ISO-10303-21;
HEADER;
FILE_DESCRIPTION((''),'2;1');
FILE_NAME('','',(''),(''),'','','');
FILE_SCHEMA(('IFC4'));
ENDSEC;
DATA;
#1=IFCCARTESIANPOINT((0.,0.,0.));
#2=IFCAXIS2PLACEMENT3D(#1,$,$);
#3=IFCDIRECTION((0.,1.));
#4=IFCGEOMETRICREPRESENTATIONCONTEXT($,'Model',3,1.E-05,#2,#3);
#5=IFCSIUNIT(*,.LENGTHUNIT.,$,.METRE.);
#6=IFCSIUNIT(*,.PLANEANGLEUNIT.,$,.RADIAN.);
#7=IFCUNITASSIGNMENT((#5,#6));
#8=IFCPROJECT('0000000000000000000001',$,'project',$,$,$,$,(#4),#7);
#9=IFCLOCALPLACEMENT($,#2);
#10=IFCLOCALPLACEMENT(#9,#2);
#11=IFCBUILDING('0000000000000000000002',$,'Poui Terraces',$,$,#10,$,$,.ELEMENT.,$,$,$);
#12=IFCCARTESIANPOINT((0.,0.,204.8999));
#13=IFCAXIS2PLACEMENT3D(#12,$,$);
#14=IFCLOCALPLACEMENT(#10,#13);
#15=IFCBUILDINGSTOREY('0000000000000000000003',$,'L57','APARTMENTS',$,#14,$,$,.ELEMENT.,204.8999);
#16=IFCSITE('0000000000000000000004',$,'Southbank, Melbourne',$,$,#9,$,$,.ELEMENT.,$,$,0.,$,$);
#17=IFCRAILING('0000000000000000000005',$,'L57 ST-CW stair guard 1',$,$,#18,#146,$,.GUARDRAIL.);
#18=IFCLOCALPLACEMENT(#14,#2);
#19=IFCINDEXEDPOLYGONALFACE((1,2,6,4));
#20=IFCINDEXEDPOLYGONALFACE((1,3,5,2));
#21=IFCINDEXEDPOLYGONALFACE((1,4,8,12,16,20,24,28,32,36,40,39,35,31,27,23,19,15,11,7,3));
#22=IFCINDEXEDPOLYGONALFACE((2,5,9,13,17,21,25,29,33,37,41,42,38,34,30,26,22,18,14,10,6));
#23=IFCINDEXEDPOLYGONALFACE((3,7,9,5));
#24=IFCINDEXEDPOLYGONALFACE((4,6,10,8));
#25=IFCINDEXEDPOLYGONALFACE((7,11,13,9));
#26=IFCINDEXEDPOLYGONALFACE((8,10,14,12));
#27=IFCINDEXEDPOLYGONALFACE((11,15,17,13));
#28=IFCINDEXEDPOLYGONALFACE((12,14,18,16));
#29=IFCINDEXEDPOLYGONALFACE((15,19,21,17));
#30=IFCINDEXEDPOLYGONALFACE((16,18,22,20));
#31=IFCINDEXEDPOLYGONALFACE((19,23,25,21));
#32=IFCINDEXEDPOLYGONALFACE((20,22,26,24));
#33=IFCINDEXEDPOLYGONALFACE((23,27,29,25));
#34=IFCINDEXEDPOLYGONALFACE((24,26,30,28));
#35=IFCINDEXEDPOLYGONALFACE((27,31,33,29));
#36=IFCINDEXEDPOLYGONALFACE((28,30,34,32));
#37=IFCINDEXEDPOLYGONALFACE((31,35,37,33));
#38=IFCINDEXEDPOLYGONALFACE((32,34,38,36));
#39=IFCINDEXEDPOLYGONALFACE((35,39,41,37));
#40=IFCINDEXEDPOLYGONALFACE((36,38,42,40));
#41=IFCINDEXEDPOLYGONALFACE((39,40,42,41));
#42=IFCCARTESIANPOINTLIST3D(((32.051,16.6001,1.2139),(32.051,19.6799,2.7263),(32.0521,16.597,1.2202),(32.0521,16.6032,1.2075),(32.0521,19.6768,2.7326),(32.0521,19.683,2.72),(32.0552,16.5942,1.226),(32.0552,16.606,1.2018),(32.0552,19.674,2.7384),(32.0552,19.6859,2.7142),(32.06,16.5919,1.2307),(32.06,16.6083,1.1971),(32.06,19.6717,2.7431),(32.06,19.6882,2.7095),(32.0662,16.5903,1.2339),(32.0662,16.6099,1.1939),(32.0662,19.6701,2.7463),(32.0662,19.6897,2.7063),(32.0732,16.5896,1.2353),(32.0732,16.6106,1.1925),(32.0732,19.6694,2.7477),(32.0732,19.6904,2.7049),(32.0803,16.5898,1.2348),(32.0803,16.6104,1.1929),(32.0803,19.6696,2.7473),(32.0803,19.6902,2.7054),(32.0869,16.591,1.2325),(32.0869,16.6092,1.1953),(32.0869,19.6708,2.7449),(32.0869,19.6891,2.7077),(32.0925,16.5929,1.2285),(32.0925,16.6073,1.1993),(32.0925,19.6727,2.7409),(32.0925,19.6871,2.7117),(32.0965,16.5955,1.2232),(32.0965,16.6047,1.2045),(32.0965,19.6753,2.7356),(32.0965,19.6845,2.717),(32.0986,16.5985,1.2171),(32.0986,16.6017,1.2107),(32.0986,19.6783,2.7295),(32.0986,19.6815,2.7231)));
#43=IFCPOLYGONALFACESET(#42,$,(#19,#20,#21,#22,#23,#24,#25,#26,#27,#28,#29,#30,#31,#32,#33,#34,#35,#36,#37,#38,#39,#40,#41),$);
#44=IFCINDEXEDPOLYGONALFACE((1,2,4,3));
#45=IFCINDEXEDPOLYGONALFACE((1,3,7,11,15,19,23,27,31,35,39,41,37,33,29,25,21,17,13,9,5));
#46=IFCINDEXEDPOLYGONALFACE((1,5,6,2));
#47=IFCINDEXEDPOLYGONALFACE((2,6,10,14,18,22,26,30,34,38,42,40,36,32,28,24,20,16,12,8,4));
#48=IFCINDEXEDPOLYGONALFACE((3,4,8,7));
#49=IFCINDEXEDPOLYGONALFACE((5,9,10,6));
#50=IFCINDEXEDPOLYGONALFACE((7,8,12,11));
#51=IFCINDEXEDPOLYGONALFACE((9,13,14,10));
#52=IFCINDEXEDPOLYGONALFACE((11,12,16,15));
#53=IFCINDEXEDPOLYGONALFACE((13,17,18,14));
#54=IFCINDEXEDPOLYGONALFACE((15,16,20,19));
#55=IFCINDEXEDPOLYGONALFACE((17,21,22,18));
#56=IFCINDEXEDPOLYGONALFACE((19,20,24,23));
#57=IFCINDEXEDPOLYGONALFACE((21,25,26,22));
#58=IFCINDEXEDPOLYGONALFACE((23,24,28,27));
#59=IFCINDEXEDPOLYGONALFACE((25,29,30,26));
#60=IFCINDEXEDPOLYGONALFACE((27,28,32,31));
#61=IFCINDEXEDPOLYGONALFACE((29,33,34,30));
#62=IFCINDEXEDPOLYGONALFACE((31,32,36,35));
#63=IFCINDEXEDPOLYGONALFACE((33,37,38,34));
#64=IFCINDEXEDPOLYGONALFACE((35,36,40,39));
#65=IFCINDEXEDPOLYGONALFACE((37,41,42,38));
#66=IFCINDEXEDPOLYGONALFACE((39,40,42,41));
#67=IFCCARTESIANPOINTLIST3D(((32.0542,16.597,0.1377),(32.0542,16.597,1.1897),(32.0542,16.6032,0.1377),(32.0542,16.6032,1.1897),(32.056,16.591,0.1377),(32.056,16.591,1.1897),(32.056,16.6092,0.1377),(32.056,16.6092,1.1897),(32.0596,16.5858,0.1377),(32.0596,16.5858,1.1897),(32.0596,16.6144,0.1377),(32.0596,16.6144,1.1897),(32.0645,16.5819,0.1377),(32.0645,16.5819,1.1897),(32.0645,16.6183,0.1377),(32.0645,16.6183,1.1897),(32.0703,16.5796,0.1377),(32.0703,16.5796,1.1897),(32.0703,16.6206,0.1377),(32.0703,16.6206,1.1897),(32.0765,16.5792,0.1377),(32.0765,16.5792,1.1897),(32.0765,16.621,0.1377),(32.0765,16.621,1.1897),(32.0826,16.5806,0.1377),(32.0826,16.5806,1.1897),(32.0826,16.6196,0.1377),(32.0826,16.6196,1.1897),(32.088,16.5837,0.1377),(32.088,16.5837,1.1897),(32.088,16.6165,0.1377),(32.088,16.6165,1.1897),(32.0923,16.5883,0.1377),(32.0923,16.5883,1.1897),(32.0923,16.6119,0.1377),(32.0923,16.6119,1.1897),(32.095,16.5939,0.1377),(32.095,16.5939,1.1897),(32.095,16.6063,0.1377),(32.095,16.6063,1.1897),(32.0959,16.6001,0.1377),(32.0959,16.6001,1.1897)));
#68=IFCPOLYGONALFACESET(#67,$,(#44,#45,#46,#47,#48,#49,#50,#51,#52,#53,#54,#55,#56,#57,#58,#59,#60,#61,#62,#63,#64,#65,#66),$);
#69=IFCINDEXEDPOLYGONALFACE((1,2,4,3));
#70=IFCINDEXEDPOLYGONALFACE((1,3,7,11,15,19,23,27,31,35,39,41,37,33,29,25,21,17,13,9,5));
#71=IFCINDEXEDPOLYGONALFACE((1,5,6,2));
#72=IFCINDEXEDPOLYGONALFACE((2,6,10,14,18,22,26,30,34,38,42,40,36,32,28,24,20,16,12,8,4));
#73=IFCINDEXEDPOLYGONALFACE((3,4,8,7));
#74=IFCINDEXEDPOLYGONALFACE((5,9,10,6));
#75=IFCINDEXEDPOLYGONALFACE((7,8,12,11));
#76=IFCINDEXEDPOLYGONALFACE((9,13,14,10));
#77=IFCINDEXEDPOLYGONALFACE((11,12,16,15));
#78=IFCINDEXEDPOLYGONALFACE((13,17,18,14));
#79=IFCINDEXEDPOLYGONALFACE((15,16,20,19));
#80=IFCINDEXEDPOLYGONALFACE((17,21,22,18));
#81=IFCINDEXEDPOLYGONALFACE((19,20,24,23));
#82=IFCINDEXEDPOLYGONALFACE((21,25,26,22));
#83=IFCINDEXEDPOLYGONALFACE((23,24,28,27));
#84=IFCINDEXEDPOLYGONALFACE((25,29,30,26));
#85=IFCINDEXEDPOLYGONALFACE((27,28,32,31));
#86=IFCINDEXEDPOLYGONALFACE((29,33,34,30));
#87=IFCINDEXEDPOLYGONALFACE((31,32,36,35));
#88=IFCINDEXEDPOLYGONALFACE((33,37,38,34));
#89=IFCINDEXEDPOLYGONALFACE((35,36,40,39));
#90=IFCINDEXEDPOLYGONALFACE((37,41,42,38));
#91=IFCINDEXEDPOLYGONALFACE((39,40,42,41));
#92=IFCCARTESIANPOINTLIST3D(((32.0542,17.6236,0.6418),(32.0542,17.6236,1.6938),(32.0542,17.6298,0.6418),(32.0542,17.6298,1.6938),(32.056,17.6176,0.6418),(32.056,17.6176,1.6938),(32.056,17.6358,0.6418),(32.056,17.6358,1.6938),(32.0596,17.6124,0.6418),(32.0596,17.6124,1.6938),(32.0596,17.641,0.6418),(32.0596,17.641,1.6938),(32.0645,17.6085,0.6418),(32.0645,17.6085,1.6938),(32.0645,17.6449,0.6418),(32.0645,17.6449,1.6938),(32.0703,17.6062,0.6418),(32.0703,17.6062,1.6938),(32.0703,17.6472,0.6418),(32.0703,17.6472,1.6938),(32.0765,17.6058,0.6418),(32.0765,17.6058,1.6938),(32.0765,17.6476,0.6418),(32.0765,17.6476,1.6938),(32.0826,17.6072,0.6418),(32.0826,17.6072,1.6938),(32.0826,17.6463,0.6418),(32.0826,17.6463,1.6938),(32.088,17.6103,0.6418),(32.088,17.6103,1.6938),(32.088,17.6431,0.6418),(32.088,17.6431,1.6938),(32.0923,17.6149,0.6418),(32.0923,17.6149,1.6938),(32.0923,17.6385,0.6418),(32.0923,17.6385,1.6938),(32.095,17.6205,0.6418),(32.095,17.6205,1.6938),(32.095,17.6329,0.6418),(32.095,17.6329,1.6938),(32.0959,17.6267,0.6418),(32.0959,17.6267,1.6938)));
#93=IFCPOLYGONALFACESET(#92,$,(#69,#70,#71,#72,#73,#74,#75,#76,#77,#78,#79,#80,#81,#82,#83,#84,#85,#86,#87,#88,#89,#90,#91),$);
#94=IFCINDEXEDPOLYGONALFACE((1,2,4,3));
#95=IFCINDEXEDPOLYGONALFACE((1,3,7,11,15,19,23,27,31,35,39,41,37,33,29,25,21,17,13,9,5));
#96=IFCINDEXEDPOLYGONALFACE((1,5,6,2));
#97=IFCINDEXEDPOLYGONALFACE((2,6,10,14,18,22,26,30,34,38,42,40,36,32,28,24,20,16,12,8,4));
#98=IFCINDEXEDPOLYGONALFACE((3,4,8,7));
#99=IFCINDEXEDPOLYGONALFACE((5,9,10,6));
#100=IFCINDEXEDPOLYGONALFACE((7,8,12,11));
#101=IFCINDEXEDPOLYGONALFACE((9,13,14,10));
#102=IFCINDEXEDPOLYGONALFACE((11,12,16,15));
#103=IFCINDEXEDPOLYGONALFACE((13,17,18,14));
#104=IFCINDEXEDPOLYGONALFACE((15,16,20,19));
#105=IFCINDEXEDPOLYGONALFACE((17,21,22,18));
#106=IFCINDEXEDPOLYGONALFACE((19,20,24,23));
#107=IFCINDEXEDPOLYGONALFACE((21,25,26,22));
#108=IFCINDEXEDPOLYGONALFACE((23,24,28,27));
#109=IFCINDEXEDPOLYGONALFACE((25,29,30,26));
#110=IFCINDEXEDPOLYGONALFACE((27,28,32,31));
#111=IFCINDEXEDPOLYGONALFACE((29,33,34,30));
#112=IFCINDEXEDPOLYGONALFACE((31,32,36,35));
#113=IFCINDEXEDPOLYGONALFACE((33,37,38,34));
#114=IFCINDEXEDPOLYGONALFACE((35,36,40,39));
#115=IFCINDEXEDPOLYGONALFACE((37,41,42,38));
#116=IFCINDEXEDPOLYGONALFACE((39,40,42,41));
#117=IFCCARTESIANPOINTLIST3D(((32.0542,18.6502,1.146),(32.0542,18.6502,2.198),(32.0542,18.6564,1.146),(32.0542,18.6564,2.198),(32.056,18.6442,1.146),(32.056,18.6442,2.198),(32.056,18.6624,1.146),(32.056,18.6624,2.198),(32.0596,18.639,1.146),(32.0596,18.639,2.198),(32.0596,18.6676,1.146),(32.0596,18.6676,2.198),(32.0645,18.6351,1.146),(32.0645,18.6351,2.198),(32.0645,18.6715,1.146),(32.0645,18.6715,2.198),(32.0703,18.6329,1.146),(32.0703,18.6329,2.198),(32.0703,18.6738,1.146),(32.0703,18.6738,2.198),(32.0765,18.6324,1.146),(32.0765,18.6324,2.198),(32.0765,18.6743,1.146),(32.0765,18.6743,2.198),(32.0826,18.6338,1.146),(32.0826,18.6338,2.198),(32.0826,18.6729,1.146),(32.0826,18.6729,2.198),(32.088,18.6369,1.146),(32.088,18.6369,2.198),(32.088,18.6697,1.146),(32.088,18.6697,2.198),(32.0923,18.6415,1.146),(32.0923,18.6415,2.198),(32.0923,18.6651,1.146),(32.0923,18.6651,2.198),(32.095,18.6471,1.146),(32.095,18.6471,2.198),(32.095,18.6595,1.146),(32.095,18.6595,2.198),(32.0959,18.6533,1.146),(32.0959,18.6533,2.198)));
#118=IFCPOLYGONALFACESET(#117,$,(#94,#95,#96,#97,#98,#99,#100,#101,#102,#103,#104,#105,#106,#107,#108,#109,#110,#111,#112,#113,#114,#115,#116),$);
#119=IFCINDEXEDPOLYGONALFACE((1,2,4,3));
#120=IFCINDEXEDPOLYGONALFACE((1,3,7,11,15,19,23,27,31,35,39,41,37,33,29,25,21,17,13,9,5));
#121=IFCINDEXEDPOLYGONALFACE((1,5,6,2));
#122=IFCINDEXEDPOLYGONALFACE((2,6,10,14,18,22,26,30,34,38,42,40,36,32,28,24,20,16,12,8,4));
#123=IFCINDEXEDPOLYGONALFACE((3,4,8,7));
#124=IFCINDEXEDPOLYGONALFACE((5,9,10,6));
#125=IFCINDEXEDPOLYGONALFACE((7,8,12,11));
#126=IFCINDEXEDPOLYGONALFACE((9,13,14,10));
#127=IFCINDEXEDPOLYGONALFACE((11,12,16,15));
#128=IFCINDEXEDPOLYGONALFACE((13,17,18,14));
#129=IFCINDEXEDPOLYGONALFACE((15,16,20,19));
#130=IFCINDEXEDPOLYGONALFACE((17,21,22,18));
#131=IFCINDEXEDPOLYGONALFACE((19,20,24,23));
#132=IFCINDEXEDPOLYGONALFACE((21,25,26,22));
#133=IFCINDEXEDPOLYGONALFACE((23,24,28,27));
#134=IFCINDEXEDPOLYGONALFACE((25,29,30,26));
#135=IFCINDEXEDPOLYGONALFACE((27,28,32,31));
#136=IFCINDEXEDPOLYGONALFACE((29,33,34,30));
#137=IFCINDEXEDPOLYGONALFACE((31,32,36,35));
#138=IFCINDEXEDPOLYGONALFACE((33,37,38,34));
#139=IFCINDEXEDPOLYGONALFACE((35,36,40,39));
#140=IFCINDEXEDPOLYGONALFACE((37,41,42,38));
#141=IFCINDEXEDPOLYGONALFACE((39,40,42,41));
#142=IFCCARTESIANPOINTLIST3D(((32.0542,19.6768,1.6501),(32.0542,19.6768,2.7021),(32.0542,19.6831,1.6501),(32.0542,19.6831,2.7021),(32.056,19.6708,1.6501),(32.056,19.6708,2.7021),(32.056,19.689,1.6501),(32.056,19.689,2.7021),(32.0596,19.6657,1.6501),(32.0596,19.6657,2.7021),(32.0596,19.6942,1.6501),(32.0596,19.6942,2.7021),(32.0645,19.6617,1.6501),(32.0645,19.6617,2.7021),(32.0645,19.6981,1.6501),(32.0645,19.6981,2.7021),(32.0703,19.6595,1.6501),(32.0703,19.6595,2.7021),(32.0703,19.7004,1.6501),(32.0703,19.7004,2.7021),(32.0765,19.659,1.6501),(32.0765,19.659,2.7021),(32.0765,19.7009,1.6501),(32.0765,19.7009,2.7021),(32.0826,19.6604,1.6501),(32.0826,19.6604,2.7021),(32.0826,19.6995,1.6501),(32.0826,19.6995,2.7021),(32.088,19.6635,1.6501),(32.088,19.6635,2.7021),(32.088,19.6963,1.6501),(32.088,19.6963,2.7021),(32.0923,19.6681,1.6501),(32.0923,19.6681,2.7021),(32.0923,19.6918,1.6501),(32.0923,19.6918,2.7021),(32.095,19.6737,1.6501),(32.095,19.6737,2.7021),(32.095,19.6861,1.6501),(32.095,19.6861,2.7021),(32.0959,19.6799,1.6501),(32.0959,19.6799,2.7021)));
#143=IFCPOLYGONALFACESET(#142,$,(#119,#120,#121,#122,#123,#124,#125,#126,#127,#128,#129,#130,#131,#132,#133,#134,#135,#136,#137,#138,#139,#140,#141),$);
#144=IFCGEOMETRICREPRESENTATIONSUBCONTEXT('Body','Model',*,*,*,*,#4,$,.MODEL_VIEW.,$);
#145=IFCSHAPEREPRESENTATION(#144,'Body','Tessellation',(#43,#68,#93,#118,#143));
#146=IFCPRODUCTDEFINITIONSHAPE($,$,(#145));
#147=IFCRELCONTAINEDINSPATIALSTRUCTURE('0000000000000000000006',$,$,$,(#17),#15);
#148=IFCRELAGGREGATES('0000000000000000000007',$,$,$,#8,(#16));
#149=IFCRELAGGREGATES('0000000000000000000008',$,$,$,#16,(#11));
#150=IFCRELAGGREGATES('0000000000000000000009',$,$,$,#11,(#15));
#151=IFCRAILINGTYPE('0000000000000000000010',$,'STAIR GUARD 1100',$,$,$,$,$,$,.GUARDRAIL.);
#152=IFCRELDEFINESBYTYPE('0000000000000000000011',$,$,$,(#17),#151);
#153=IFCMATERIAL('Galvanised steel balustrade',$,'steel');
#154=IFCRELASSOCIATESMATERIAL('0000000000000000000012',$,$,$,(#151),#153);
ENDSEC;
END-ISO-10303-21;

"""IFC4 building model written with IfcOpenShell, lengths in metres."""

from ifc_helpers import new_model, si_unit, direction, frame, origin, origin_2d, place, context, subcontext, project, spatial, circle, extrude, material, type_object, element, save


model = new_model("IFC4")

# Units and contexts
model_context = context("Model", 3, precision=1e-05, world=origin(), true_north=direction((0.0, 1.0)))
body_context = subcontext(model_context, "Body", "Model", "MODEL_VIEW")
ifc_project = project(units=[si_unit("LENGTHUNIT", "METRE"), si_unit("PLANEANGLEUNIT", "RADIAN")], contexts=[model_context])

# Site, building, storey
site_placement = place(None, origin())
site = spatial("IfcSite", under=ifc_project, at=site_placement, Name="Southbank, Melbourne", CompositionType="ELEMENT", RefElevation=0.0)
building_placement = place(site_placement, origin())
building = spatial("IfcBuilding", under=site, at=building_placement, Name="Poui Terraces", CompositionType="ELEMENT")
storey_placement = place(building_placement, frame((0.0, 0.0, 204.8999)))
storey = spatial("IfcBuildingStorey", under=building, at=storey_placement, Name="L57", Description="APARTMENTS", CompositionType="ELEMENT", Elevation=204.8999)

# Railing
ifc_material_1 = material(Name="Galvanised steel balustrade", Category="steel")
railing_type_1 = type_object("IfcRailingType", Name="STAIR GUARD 1100", PredefinedType="GUARDRAIL", material=ifc_material_1)
railing_1_placement = place(storey_placement, frame((32.075, 16.6001, 0.1377)))
element("IfcRailing", 1, at=railing_1_placement, inside=storey, type_object=railing_type_1, Name="L57 ST-CW stair guard 1", PredefinedType="GUARDRAIL", context=body_context, shape_type="SweptSolid", body=[
    extrude(circle(Radius=0.0239, at=origin_2d()), frame((0.0, 0.0, 1.0762), z_axis=(0.0, 0.897606, 0.440798), x_axis=(-1.0, 0.0, 0.0)), (0.0, 0.0, 1.0), 3.4312),
    extrude(circle(Radius=0.021, at=origin_2d()), origin(), (0.0, 0.0, 1.0), 1.052),
    extrude(circle(Radius=0.021, at=origin_2d()), frame((0.0, 1.0266, 0.5042)), (0.0, 0.0, 1.0), 1.052),
    extrude(circle(Radius=0.021, at=origin_2d()), frame((0.0, 2.0532, 1.0083)), (0.0, 0.0, 1.0), 1.052),
    extrude(circle(Radius=0.021, at=origin_2d()), frame((0.0, 3.0798, 1.5125)), (0.0, 0.0, 1.0), 1.052),
])

save(model, "model.ifc")
